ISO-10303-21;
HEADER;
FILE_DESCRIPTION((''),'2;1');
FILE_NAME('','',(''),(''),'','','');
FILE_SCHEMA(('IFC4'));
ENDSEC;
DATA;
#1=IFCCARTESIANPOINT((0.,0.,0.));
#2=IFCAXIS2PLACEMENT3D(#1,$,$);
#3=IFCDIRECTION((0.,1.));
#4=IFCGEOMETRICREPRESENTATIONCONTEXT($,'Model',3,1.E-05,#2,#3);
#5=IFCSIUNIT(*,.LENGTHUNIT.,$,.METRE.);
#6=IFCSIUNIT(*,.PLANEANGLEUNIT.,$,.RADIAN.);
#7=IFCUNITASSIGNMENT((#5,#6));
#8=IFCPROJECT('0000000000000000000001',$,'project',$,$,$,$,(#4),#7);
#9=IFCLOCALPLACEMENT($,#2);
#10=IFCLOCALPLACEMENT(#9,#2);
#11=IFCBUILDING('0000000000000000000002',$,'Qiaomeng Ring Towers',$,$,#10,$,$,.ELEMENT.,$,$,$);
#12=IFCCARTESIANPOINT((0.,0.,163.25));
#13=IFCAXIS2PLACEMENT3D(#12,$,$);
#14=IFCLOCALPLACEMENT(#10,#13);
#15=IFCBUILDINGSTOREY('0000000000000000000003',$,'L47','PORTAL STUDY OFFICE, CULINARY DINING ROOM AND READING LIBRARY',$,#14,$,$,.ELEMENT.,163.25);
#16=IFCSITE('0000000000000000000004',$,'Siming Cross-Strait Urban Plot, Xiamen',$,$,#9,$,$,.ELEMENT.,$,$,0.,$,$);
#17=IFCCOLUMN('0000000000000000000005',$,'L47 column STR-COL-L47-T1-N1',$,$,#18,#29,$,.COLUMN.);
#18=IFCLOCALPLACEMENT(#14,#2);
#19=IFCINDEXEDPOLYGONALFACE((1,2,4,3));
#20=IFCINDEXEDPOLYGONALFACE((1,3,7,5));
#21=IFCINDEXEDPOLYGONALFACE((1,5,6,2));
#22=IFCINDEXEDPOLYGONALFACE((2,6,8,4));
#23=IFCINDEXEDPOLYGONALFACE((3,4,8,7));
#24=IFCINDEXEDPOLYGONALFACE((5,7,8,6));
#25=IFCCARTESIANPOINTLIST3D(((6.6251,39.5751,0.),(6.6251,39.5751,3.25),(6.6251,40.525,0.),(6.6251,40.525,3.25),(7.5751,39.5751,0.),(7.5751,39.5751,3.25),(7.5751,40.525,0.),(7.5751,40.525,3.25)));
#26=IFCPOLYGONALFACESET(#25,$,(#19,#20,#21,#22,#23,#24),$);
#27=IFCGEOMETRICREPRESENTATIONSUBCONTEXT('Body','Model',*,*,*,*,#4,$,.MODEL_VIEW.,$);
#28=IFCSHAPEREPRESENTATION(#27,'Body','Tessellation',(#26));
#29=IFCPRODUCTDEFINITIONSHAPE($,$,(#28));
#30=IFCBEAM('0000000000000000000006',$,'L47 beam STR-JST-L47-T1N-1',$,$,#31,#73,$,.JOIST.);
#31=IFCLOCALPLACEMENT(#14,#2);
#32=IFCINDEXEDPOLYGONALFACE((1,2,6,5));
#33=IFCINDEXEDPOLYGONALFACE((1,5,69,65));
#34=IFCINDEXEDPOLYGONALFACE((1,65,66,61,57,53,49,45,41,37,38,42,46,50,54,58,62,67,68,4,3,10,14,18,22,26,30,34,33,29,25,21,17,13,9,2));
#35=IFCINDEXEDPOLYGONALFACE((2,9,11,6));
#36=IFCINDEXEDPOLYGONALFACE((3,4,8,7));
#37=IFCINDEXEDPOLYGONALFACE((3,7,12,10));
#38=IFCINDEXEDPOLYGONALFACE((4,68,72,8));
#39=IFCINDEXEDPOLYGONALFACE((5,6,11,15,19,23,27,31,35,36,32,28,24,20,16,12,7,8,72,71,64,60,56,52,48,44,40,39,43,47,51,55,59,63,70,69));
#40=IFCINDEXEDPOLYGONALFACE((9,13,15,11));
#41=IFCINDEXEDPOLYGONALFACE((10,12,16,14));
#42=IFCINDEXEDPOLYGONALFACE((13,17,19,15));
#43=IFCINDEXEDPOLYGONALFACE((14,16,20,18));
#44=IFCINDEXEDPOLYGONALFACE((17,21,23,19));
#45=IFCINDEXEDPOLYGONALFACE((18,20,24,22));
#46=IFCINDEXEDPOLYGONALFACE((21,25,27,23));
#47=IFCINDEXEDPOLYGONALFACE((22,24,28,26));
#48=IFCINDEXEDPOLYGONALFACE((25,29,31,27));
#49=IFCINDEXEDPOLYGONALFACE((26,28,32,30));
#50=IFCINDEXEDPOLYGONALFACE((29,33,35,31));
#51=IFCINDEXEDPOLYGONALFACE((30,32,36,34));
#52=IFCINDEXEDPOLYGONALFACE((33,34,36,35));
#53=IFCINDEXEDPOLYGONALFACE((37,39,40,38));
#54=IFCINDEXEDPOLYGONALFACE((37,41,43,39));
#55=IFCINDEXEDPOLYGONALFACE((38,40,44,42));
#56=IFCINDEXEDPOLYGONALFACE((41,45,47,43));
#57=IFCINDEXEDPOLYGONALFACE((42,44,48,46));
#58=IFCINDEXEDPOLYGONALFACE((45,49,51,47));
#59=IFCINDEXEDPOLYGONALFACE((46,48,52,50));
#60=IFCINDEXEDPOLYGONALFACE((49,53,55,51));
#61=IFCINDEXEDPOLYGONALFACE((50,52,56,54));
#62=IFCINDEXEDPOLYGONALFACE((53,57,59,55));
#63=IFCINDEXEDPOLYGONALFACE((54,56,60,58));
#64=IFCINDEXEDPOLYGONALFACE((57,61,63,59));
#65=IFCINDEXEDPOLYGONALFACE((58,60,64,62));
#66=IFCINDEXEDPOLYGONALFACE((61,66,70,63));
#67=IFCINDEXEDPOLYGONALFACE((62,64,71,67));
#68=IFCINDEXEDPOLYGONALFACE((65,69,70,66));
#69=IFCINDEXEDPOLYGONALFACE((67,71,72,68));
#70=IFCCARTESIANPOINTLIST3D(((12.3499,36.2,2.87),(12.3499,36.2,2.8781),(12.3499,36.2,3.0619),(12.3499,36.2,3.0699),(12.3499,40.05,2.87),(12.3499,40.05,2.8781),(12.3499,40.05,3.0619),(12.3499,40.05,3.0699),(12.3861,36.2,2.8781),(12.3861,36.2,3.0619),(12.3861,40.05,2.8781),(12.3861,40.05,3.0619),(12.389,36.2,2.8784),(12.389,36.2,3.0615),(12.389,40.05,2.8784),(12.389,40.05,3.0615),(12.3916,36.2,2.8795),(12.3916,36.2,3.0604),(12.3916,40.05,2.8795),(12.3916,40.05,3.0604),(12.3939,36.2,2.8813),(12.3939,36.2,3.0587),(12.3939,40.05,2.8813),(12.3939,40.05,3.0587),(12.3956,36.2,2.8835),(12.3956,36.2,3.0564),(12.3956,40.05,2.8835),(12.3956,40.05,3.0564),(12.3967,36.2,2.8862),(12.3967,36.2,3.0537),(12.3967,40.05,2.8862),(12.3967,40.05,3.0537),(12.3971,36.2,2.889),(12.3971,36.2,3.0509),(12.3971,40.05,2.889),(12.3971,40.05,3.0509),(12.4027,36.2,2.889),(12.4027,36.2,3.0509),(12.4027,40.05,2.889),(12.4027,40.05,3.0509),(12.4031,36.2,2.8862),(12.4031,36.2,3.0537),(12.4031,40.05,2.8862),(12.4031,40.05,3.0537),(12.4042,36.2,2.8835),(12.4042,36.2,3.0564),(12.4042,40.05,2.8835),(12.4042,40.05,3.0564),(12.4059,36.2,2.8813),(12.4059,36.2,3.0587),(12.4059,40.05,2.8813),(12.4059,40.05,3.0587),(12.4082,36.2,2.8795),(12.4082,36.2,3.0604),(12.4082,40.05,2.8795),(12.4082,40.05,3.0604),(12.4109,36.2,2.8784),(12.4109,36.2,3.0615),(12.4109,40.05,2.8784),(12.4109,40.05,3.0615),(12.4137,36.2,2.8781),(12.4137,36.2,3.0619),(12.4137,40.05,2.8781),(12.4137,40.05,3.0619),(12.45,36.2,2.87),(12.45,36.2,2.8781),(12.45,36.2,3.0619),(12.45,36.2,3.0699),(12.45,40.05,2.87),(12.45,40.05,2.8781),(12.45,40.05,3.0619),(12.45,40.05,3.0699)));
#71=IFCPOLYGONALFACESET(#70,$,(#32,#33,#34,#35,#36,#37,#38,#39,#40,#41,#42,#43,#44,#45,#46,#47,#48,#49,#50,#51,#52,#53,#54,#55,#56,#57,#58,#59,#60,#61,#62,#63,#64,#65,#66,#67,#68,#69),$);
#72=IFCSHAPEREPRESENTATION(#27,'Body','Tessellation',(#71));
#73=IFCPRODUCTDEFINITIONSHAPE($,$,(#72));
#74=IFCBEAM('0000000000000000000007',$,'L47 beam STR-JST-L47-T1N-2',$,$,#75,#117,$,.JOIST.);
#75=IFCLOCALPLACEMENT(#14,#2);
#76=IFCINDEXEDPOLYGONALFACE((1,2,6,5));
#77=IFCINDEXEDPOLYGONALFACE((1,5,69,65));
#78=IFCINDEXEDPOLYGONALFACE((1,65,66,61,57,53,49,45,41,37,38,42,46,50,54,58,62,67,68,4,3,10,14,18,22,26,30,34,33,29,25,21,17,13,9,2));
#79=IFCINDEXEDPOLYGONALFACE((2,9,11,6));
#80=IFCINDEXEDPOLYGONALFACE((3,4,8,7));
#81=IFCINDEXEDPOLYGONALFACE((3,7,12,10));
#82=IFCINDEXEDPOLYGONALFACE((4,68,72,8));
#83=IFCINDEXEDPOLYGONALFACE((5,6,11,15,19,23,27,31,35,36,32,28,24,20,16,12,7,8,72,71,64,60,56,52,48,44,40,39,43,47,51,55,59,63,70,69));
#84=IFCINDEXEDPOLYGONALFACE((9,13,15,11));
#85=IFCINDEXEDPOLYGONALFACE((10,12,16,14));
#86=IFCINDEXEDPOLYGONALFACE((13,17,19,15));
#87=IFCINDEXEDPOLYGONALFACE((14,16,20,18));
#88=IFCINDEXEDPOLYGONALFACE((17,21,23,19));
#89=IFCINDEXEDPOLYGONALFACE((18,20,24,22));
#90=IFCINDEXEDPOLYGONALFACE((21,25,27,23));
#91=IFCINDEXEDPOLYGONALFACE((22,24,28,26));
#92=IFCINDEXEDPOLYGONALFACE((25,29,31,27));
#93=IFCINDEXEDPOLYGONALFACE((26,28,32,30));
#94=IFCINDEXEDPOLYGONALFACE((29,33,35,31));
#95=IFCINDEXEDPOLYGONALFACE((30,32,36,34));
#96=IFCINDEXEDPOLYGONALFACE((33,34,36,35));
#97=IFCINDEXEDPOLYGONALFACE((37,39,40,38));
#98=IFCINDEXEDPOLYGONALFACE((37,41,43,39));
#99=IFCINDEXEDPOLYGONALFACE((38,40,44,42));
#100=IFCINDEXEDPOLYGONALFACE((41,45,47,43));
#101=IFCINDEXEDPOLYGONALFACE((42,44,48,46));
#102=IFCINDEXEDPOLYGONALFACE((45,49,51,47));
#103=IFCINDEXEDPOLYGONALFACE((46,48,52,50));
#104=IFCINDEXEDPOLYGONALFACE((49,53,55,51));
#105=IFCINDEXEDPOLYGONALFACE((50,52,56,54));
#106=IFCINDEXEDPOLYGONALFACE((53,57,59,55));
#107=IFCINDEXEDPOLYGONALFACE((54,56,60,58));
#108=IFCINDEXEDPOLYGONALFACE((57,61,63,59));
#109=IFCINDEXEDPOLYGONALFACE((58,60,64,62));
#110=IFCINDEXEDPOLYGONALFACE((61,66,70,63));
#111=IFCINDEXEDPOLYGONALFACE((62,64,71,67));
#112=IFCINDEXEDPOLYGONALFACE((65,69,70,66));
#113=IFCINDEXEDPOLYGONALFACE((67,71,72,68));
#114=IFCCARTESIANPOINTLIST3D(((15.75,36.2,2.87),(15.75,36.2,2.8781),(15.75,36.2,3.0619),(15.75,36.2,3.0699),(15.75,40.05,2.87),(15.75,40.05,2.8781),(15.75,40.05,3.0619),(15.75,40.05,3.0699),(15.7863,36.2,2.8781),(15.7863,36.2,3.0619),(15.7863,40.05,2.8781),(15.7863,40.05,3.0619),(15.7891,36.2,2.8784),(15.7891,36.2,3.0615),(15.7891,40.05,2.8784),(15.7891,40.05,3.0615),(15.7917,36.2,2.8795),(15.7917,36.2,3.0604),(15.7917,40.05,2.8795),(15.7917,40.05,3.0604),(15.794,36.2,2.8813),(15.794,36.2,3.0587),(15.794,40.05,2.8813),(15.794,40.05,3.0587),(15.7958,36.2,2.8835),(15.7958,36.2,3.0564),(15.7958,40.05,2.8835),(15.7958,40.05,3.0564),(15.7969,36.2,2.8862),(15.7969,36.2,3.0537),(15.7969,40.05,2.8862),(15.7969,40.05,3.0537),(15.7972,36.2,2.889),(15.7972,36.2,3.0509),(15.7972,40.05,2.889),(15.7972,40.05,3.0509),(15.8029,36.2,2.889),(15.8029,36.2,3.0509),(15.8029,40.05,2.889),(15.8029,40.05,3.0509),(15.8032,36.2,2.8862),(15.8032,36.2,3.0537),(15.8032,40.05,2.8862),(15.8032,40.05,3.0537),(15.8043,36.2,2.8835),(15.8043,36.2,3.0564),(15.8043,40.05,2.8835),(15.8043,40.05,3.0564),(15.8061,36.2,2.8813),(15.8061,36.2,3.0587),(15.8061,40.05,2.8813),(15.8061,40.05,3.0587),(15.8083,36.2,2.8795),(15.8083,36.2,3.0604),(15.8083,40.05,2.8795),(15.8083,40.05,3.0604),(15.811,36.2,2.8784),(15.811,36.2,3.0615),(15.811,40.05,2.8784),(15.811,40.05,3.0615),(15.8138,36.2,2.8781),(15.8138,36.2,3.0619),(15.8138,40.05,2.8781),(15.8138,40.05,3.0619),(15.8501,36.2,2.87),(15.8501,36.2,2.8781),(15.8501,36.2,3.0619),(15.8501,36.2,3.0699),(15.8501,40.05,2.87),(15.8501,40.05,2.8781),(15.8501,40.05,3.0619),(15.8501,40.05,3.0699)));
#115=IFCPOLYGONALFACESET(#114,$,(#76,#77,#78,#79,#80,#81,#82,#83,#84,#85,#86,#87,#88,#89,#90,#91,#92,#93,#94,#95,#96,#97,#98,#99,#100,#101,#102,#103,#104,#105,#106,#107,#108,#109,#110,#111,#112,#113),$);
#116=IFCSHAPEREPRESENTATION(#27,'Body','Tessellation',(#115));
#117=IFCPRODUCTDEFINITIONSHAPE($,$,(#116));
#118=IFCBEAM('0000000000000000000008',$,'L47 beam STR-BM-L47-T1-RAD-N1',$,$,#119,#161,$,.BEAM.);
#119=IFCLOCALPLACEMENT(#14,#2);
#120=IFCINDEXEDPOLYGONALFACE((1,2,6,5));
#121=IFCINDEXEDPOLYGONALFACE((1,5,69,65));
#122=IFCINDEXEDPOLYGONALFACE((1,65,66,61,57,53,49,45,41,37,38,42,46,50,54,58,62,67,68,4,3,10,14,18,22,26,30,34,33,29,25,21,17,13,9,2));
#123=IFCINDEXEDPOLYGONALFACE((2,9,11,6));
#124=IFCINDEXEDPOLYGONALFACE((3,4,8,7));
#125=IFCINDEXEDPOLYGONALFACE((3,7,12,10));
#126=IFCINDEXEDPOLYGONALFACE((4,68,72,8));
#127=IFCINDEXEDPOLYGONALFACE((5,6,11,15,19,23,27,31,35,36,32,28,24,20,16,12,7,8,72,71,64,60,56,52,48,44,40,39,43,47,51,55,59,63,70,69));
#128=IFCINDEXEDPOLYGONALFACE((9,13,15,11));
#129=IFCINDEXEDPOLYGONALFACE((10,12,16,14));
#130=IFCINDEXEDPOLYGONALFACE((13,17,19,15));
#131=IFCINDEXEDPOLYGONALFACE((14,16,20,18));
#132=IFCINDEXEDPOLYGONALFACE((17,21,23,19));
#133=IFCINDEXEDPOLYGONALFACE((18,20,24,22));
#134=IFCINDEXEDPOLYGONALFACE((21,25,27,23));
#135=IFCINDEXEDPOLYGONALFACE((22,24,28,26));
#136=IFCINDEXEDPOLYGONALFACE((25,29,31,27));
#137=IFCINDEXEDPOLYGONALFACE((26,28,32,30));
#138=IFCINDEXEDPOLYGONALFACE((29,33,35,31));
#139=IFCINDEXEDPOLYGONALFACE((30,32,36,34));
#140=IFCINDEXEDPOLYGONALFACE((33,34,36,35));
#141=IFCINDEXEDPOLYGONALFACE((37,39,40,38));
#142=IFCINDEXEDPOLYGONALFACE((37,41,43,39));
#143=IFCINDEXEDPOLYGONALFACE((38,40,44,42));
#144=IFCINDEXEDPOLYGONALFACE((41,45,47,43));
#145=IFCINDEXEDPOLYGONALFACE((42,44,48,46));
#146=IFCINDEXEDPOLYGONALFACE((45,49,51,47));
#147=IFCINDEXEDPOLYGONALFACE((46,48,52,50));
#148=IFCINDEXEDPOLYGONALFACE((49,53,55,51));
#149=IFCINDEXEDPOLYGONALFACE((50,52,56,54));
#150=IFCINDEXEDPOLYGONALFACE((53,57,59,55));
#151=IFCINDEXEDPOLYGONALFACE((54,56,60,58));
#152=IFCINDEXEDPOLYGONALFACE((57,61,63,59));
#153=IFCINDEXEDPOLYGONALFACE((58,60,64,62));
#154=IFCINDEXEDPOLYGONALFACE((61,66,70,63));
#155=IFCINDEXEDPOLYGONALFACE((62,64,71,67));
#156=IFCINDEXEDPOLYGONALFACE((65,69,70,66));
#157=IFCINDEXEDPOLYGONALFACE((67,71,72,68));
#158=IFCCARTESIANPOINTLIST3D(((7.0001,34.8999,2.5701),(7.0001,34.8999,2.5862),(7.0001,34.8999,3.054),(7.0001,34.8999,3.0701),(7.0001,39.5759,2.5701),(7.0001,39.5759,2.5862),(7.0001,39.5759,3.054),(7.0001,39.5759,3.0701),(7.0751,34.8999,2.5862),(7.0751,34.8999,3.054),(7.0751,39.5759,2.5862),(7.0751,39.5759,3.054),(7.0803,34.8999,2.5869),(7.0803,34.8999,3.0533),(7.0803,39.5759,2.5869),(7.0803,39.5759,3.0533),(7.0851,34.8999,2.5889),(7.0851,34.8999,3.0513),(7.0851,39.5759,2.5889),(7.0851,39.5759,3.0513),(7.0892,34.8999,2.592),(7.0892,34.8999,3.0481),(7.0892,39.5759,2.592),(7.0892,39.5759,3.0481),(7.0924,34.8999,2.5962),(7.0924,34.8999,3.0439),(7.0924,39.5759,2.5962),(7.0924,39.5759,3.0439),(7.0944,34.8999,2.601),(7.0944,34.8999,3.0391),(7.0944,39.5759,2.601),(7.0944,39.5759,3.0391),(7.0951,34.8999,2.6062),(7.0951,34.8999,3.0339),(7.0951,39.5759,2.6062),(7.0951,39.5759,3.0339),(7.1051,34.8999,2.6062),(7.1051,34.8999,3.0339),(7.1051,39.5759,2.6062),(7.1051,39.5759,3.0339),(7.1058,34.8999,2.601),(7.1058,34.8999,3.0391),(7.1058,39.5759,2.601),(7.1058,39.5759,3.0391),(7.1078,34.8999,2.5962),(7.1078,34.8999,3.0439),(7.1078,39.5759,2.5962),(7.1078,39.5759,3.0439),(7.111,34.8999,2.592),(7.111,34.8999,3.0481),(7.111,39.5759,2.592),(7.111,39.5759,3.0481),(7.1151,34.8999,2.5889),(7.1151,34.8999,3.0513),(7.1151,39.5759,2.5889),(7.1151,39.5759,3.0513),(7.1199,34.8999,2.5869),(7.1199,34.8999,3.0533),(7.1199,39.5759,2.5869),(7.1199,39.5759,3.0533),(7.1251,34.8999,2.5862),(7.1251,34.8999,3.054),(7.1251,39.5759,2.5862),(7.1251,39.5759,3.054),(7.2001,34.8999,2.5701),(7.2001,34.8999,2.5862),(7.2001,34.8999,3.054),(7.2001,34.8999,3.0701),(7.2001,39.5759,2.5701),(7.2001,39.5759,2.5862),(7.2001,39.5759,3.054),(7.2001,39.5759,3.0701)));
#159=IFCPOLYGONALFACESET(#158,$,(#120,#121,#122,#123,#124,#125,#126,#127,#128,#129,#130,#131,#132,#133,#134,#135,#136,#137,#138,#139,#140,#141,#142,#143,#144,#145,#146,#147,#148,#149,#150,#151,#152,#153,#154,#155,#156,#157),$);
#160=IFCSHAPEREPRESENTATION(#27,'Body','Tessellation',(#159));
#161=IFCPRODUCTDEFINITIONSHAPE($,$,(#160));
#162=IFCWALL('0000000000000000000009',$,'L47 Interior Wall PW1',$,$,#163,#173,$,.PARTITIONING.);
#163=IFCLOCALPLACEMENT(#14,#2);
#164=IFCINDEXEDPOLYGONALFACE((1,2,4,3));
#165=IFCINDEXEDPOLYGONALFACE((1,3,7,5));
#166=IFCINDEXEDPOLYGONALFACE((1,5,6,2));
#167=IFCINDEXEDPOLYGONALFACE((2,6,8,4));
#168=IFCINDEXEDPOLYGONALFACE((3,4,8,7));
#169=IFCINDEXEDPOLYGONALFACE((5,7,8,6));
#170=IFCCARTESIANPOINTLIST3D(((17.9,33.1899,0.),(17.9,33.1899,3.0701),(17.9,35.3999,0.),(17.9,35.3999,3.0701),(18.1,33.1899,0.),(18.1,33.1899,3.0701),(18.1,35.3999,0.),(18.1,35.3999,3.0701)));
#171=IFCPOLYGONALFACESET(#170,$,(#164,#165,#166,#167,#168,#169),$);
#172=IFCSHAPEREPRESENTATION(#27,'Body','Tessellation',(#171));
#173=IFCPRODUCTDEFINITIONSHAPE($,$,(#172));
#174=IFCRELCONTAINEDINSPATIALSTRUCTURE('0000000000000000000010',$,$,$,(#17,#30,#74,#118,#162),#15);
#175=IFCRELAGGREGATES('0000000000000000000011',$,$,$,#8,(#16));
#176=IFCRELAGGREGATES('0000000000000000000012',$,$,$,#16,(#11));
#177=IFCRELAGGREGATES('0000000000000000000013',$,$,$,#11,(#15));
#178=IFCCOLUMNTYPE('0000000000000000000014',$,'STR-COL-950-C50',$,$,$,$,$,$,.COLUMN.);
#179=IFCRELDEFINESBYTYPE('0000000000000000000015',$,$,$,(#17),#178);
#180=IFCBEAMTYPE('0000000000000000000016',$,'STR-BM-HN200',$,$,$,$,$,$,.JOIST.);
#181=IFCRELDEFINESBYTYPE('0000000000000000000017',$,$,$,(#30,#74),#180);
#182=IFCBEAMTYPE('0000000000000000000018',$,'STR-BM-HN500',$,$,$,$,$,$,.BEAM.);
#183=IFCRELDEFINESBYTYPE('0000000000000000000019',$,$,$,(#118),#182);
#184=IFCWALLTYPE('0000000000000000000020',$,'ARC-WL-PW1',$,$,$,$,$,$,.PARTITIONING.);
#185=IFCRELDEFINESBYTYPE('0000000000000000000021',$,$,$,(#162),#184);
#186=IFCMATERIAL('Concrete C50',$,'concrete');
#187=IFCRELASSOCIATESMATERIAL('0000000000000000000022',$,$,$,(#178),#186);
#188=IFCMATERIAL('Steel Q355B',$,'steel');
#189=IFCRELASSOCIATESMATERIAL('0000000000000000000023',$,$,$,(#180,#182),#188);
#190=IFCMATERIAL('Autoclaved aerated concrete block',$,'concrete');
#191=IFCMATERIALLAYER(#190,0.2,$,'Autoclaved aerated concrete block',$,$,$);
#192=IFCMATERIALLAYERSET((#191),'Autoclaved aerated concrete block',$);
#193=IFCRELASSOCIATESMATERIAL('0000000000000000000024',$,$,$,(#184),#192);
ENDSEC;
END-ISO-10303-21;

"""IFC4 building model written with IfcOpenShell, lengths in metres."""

from ifc_helpers import new_model, si_unit, direction, frame, frame_2d, origin, origin_2d, place, context, subcontext, project, spatial, rectangle, i_section, extrude, source, transform, mapped, material, layer, layer_set, material_profile, profile_set, type_object, element, save


model = new_model("IFC4")

# Units and contexts
model_context = context("Model", 3, precision=1e-05, world=origin(), true_north=direction((0.0, 1.0)))
body_context = subcontext(model_context, "Body", "Model", "MODEL_VIEW")
ifc_project = project(units=[si_unit("LENGTHUNIT", "METRE"), si_unit("PLANEANGLEUNIT", "RADIAN")], contexts=[model_context])

# Site, building, storey
site_placement = place(None, origin())
site = spatial("IfcSite", under=ifc_project, at=site_placement, Name="Siming Cross-Strait Urban Plot, Xiamen", CompositionType="ELEMENT", RefElevation=0.0)
building_placement = place(site_placement, origin())
building = spatial("IfcBuilding", under=site, at=building_placement, Name="Qiaomeng Ring Towers", CompositionType="ELEMENT")
storey_placement = place(building_placement, frame((0.0, 0.0, 163.25)))
storey = spatial("IfcBuildingStorey", under=building, at=storey_placement, Name="L47", Description="PORTAL STUDY OFFICE, CULINARY DINING ROOM AND READING LIBRARY", CompositionType="ELEMENT", Elevation=163.25)

# Column
ifc_material_1 = material(Name="Concrete C50", Category="concrete")
ifc_material_profile_1 = material_profile(ifc_material_1, rectangle(XDim=0.95, YDim=0.95, at=origin_2d()), Name="RC COL 950x950")
ifc_profile_set_1 = profile_set([ifc_material_profile_1], Name="Concrete C50")
column_type = type_object("IfcColumnType", Name="STR-COL-950-C50", PredefinedType="COLUMN", material=ifc_profile_set_1)
shared_shape_1 = source(origin(), body_context, "Body", "SweptSolid", [
    extrude(rectangle(XDim=0.95, YDim=0.95, at=origin_2d()), origin(), (0.0, 0.0, 1.0), 3.25),
])
column_placement = place(storey_placement, frame((7.1001, 40.05, 0.0), z_axis=(0.0, 0.0, 1.0), x_axis=(1.0, 0.0, 0.0)))
element("IfcColumn", 1, at=column_placement, inside=storey, type_object=column_type, Name="L47 column STR-COL-L47-T1-N1", PredefinedType="COLUMN", context=body_context, shape_type="MappedRepresentation", body=[
    mapped(shared_shape_1, transform((0.0, 0.0, 0.0), x_axis=(1.0, 0.0, 0.0), y_axis=(0.0, 1.0, 0.0), z_axis=(0.0, 0.0, 1.0), scale=1.0)),
])

# Beams
ifc_material_2 = material(Name="Steel Q355B", Category="steel")
ifc_material_profile_2 = material_profile(ifc_material_2, i_section(OverallWidth=0.1001, OverallDepth=0.2, WebThickness=0.0056, FlangeThickness=0.0081, FilletRadius=0.011, at=origin_2d()), Name="HN 200x100x5.5x8")
ifc_profile_set_2 = profile_set([ifc_material_profile_2], Name="Steel Q355B")
beam_type_1 = type_object("IfcBeamType", Name="STR-BM-HN200", PredefinedType="JOIST", material=ifc_profile_set_2)
shared_shape_2 = source(origin(), body_context, "Body", "SweptSolid", [
    extrude(i_section(OverallWidth=0.1001, OverallDepth=0.2, WebThickness=0.0056, FlangeThickness=0.0081, FilletRadius=0.011, at=origin_2d()), origin(), (0.0, 0.0, 1.0), 3.8501),
])
for number, where, z_axis, x_axis, name in (
    (2, (12.3999, 36.2, 2.97), (0.0, 1.0, 0.0), (-1.0, 0.0, 0.0), "L47 beam STR-JST-L47-T1N-1"),
    (3, (15.8, 36.2, 2.97), (0.0, 1.0, 0.0), (-1.0, 0.0, 0.0), "L47 beam STR-JST-L47-T1N-2"),
):
    element("IfcBeam", number, at=place(storey_placement, frame(where, z_axis=z_axis, x_axis=x_axis)), inside=storey, type_object=beam_type_1, Name=name, PredefinedType="JOIST", context=body_context, shape_type="MappedRepresentation", body=[
        mapped(shared_shape_2, transform((0.0, 0.0, 0.0), x_axis=(1.0, 0.0, 0.0), y_axis=(0.0, 1.0, 0.0), z_axis=(0.0, 0.0, 1.0), scale=1.0)),
    ])
ifc_material_profile_3 = material_profile(ifc_material_2, i_section(OverallWidth=0.2, OverallDepth=0.5, WebThickness=0.01, FlangeThickness=0.0161, FilletRadius=0.02, at=origin_2d()), Name="HN 500x200x10x16")
ifc_profile_set_3 = profile_set([ifc_material_profile_3], Name="Steel Q355B")
beam_type_2 = type_object("IfcBeamType", Name="STR-BM-HN500", PredefinedType="BEAM", material=ifc_profile_set_3)
shared_shape_3 = source(origin(), body_context, "Body", "SweptSolid", [
    extrude(i_section(OverallWidth=0.2, OverallDepth=0.5, WebThickness=0.01, FlangeThickness=0.0161, FilletRadius=0.02, at=origin_2d()), origin(), (0.0, 0.0, 1.0), 4.676),
])
beam_placement = place(storey_placement, frame((7.1001, 39.5759, 2.8201), z_axis=(0.0, -1.0, 0.0), x_axis=(1.0, 0.0, 0.0)))
element("IfcBeam", 4, at=beam_placement, inside=storey, type_object=beam_type_2, Name="L47 beam STR-BM-L47-T1-RAD-N1", PredefinedType="BEAM", context=body_context, shape_type="MappedRepresentation", body=[
    mapped(shared_shape_3, transform((0.0, 0.0, 0.0), x_axis=(1.0, 0.0, 0.0), y_axis=(0.0, 1.0, 0.0), z_axis=(0.0, 0.0, 1.0), scale=1.0)),
])

# Wall
ifc_material_3 = material(Name="Autoclaved aerated concrete block", Category="concrete")
ifc_layer_1 = layer(ifc_material_3, 0.2, Name="Autoclaved aerated concrete block")
ifc_layer_set_1 = layer_set([ifc_layer_1], Name="Autoclaved aerated concrete block")
wall_type_1 = type_object("IfcWallType", Name="ARC-WL-PW1", PredefinedType="PARTITIONING", material=ifc_layer_set_1)
wall_1_placement = place(storey_placement, frame((18.0, 33.1899, 0.0), z_axis=(0.0, 0.0, 1.0), x_axis=(0.0, 1.0, 0.0)))
element("IfcWall", 5, at=wall_1_placement, inside=storey, type_object=wall_type_1, Name="L47 Interior Wall PW1", PredefinedType="PARTITIONING", context=body_context, shape_type="SweptSolid", body=[
    extrude(rectangle(XDim=2.21, YDim=0.2, at=frame_2d((1.105, 0.0))), origin(), (0.0, 0.0, 1.0), 3.0701),
])

save(model, "model.ifc")
